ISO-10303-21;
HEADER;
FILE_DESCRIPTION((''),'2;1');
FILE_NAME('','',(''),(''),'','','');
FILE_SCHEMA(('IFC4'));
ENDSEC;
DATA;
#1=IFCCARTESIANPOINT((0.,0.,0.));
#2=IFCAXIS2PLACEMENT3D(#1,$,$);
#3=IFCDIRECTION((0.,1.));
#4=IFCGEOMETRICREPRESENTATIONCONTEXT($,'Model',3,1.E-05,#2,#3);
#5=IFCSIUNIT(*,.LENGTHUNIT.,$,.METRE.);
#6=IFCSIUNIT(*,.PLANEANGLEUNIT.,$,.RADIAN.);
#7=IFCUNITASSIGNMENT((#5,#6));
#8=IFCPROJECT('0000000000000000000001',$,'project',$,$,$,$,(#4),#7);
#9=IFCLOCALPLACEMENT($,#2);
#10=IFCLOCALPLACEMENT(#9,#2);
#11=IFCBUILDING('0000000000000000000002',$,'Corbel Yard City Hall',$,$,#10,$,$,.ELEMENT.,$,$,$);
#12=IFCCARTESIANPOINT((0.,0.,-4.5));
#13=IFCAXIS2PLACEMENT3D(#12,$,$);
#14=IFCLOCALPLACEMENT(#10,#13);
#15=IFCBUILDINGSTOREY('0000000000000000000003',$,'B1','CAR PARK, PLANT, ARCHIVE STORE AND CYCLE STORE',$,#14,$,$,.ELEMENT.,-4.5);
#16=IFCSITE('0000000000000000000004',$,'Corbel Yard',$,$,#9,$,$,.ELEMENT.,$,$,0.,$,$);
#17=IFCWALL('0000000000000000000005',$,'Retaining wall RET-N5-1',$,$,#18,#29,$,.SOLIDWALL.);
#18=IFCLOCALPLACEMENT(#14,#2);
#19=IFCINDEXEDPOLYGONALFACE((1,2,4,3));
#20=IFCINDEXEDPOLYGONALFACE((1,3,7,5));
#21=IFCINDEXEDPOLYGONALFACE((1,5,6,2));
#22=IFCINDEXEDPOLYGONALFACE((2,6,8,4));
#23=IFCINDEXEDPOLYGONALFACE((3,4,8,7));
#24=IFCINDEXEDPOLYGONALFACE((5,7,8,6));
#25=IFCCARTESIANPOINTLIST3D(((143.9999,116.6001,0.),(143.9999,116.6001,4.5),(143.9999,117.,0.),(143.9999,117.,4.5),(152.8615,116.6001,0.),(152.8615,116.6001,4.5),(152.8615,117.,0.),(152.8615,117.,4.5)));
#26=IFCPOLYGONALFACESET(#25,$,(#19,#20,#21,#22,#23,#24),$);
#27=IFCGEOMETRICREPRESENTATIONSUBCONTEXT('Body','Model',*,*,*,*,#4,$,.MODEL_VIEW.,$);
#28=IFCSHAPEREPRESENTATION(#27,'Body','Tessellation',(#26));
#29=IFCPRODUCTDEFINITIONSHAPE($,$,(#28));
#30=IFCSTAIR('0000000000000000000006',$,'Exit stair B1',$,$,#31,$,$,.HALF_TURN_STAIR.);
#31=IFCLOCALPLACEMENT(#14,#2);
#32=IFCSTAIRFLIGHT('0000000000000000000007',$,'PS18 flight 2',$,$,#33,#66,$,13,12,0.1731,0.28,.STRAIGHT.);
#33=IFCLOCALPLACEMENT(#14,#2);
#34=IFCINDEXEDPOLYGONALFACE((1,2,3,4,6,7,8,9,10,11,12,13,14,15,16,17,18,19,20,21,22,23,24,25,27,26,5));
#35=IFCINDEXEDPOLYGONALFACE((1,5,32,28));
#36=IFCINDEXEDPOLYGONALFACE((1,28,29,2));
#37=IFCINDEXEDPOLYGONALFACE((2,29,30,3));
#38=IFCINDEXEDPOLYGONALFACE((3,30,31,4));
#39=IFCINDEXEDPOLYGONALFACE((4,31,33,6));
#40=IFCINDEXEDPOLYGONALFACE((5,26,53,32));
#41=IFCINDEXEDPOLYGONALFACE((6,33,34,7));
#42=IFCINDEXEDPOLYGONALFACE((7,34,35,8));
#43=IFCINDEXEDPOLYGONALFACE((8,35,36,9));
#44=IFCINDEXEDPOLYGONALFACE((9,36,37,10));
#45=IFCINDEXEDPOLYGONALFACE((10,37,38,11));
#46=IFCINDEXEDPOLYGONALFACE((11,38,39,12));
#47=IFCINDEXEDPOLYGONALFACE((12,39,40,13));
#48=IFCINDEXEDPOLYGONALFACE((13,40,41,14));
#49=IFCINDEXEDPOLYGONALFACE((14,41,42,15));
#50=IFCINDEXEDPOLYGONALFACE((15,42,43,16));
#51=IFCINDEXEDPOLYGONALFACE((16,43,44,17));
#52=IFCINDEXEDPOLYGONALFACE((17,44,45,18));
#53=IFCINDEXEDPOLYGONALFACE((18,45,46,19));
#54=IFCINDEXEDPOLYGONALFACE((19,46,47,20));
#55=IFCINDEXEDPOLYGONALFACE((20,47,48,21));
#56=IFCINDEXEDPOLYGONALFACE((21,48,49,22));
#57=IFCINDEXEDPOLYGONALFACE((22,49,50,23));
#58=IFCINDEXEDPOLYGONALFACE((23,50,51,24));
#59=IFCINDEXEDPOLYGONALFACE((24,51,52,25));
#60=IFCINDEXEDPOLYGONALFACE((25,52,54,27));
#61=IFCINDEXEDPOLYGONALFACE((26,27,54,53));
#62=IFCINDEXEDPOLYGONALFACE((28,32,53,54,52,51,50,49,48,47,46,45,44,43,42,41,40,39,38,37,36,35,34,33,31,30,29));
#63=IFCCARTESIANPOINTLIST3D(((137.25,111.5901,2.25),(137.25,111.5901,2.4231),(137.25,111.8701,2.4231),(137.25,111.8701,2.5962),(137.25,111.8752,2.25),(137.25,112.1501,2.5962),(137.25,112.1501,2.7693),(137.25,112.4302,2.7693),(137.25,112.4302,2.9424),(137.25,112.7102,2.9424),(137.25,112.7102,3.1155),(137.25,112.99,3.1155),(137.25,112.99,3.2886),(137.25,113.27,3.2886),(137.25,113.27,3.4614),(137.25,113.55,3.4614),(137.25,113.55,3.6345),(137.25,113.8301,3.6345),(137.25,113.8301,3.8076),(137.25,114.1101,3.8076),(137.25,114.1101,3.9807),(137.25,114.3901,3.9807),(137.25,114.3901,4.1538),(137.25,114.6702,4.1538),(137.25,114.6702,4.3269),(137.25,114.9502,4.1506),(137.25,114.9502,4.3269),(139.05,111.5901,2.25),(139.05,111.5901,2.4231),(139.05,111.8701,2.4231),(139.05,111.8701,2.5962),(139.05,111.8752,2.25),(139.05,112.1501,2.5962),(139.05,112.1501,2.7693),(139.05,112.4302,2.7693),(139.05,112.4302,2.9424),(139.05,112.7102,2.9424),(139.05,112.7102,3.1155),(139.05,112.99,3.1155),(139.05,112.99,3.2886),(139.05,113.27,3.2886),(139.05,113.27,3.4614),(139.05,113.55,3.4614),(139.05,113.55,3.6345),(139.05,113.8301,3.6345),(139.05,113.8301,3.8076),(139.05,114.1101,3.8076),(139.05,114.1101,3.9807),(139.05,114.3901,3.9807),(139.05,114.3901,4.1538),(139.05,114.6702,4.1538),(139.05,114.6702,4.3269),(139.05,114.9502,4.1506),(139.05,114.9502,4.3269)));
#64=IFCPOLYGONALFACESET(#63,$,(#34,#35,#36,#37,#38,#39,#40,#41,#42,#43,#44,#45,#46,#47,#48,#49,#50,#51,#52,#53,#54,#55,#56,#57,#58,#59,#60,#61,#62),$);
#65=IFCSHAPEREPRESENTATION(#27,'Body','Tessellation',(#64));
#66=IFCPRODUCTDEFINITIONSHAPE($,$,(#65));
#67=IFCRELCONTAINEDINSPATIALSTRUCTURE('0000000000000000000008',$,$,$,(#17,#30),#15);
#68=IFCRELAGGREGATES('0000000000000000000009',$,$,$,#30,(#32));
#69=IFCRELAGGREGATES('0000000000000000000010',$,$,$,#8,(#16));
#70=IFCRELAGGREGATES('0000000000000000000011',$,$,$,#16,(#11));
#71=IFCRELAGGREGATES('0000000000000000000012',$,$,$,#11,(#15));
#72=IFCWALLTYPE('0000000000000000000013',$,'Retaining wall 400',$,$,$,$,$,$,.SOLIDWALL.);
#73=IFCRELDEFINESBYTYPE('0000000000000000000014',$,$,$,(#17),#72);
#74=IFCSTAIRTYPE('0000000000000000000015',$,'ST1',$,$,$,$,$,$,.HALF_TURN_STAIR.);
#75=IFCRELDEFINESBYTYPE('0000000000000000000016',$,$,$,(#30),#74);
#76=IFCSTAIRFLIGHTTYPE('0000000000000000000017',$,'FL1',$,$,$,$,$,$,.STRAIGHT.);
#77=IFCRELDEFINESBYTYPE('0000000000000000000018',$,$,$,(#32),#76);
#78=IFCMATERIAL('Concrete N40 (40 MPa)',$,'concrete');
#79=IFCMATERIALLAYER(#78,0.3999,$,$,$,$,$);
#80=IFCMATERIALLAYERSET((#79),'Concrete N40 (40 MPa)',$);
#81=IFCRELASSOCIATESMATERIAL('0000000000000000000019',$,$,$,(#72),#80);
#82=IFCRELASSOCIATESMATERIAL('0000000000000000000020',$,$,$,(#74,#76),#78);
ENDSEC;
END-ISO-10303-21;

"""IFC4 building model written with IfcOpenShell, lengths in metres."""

from ifc_helpers import new_model, si_unit, direction, frame, frame_2d, origin, place, context, subcontext, project, spatial, polyline, rectangle, outline, extrude, material, layer, layer_set, type_object, element, aggregate, save


model = new_model("IFC4")

# Units and contexts
model_context = context("Model", 3, precision=1e-05, world=origin(), true_north=direction((0.0, 1.0)))
body_context = subcontext(model_context, "Body", "Model", "MODEL_VIEW")
ifc_project = project(units=[si_unit("LENGTHUNIT", "METRE"), si_unit("PLANEANGLEUNIT", "RADIAN")], contexts=[model_context])

# Site, building, storey
site_placement = place(None, origin())
site = spatial("IfcSite", under=ifc_project, at=site_placement, Name="Corbel Yard", CompositionType="ELEMENT", RefElevation=0.0)
building_placement = place(site_placement, origin())
building = spatial("IfcBuilding", under=site, at=building_placement, Name="Corbel Yard City Hall", CompositionType="ELEMENT")
storey_placement = place(building_placement, frame((0.0, 0.0, -4.5)))
storey = spatial("IfcBuildingStorey", under=building, at=storey_placement, Name="B1", Description="CAR PARK, PLANT, ARCHIVE STORE AND CYCLE STORE", CompositionType="ELEMENT", Elevation=-4.5)

# Shared definitions
ifc_material_1 = material(Name="Concrete N40 (40 MPa)", Category="concrete")

# Wall
ifc_layer_1 = layer(ifc_material_1, 0.3999)
ifc_layer_set_1 = layer_set([ifc_layer_1], Name="Concrete N40 (40 MPa)")
wall_type_1 = type_object("IfcWallType", Name="Retaining wall 400", PredefinedType="SOLIDWALL", material=ifc_layer_set_1)
wall_1_placement = place(storey_placement, frame((144.0, 116.8, 0.0), z_axis=(0.0, 0.0, 1.0), x_axis=(1.0, 0.0, 0.0)))
element("IfcWall", 1, at=wall_1_placement, inside=storey, type_object=wall_type_1, Name="Retaining wall RET-N5-1", PredefinedType="SOLIDWALL", context=body_context, shape_type="SweptSolid", body=[
    extrude(rectangle(XDim=8.8616, YDim=0.3999, at=frame_2d((4.4307, 0.0))), origin(), (0.0, 0.0, 1.0), 4.5),
])

# Stair, stair flight
stair_type = type_object("IfcStairType", Name="ST1", PredefinedType="HALF_TURN_STAIR", material=ifc_material_1)
stair_placement = place(storey_placement, origin())
stair = element("IfcStair", 2, at=stair_placement, inside=storey, type_object=stair_type, Name="Exit stair B1", PredefinedType="HALF_TURN_STAIR")
stair_flight_type = type_object("IfcStairFlightType", Name="FL1", PredefinedType="STRAIGHT", material=ifc_material_1)
stair_flight_placement = place(storey_placement, frame((138.1499, 111.5901, 2.25), z_axis=(0.0, 0.0, 1.0), x_axis=(0.0, 1.0, 0.0)))
stair_flight = element("IfcStairFlight", 3, at=stair_flight_placement, type_object=stair_flight_type, Name="PS18 flight 2", NumberOfRisers=13, NumberOfTreads=12, PredefinedType="STRAIGHT", RiserHeight=0.1731, TreadLength=0.28, context=body_context, shape_type="SweptSolid", body=[
    extrude(outline(polyline([(0.0, 0.0), (0.0, 0.1731), (0.28, 0.1731), (0.28, 0.3462), (0.5601, 0.3462), (0.5601, 0.5193), (0.8401, 0.5193), (0.8401, 0.6924), (1.1201, 0.6924), (1.1201, 0.8655), (1.3999, 0.8655), (1.3999, 1.0386), (1.6799, 1.0386), (1.6799, 1.2114), (1.96, 1.2114), (1.96, 1.3845), (2.24, 1.3845), (2.24, 1.5576), (2.52, 1.5576), (2.52, 1.7307), (2.8, 1.7307), (2.8, 1.9038), (3.0801, 1.9038), (3.0801, 2.0769), (3.3601, 2.0769), (3.3601, 2.25), (3.3601, 1.9006), (0.2852, 0.0), (0.0, 0.0)])), frame((0.0, 0.8999, 0.0), z_axis=(0.0, -1.0, 0.0), x_axis=(1.0, 0.0, 0.0)), (0.0, 0.0, 1.0), 1.8),
])
aggregate(stair, [stair_flight])

save(model, "model.ifc")
